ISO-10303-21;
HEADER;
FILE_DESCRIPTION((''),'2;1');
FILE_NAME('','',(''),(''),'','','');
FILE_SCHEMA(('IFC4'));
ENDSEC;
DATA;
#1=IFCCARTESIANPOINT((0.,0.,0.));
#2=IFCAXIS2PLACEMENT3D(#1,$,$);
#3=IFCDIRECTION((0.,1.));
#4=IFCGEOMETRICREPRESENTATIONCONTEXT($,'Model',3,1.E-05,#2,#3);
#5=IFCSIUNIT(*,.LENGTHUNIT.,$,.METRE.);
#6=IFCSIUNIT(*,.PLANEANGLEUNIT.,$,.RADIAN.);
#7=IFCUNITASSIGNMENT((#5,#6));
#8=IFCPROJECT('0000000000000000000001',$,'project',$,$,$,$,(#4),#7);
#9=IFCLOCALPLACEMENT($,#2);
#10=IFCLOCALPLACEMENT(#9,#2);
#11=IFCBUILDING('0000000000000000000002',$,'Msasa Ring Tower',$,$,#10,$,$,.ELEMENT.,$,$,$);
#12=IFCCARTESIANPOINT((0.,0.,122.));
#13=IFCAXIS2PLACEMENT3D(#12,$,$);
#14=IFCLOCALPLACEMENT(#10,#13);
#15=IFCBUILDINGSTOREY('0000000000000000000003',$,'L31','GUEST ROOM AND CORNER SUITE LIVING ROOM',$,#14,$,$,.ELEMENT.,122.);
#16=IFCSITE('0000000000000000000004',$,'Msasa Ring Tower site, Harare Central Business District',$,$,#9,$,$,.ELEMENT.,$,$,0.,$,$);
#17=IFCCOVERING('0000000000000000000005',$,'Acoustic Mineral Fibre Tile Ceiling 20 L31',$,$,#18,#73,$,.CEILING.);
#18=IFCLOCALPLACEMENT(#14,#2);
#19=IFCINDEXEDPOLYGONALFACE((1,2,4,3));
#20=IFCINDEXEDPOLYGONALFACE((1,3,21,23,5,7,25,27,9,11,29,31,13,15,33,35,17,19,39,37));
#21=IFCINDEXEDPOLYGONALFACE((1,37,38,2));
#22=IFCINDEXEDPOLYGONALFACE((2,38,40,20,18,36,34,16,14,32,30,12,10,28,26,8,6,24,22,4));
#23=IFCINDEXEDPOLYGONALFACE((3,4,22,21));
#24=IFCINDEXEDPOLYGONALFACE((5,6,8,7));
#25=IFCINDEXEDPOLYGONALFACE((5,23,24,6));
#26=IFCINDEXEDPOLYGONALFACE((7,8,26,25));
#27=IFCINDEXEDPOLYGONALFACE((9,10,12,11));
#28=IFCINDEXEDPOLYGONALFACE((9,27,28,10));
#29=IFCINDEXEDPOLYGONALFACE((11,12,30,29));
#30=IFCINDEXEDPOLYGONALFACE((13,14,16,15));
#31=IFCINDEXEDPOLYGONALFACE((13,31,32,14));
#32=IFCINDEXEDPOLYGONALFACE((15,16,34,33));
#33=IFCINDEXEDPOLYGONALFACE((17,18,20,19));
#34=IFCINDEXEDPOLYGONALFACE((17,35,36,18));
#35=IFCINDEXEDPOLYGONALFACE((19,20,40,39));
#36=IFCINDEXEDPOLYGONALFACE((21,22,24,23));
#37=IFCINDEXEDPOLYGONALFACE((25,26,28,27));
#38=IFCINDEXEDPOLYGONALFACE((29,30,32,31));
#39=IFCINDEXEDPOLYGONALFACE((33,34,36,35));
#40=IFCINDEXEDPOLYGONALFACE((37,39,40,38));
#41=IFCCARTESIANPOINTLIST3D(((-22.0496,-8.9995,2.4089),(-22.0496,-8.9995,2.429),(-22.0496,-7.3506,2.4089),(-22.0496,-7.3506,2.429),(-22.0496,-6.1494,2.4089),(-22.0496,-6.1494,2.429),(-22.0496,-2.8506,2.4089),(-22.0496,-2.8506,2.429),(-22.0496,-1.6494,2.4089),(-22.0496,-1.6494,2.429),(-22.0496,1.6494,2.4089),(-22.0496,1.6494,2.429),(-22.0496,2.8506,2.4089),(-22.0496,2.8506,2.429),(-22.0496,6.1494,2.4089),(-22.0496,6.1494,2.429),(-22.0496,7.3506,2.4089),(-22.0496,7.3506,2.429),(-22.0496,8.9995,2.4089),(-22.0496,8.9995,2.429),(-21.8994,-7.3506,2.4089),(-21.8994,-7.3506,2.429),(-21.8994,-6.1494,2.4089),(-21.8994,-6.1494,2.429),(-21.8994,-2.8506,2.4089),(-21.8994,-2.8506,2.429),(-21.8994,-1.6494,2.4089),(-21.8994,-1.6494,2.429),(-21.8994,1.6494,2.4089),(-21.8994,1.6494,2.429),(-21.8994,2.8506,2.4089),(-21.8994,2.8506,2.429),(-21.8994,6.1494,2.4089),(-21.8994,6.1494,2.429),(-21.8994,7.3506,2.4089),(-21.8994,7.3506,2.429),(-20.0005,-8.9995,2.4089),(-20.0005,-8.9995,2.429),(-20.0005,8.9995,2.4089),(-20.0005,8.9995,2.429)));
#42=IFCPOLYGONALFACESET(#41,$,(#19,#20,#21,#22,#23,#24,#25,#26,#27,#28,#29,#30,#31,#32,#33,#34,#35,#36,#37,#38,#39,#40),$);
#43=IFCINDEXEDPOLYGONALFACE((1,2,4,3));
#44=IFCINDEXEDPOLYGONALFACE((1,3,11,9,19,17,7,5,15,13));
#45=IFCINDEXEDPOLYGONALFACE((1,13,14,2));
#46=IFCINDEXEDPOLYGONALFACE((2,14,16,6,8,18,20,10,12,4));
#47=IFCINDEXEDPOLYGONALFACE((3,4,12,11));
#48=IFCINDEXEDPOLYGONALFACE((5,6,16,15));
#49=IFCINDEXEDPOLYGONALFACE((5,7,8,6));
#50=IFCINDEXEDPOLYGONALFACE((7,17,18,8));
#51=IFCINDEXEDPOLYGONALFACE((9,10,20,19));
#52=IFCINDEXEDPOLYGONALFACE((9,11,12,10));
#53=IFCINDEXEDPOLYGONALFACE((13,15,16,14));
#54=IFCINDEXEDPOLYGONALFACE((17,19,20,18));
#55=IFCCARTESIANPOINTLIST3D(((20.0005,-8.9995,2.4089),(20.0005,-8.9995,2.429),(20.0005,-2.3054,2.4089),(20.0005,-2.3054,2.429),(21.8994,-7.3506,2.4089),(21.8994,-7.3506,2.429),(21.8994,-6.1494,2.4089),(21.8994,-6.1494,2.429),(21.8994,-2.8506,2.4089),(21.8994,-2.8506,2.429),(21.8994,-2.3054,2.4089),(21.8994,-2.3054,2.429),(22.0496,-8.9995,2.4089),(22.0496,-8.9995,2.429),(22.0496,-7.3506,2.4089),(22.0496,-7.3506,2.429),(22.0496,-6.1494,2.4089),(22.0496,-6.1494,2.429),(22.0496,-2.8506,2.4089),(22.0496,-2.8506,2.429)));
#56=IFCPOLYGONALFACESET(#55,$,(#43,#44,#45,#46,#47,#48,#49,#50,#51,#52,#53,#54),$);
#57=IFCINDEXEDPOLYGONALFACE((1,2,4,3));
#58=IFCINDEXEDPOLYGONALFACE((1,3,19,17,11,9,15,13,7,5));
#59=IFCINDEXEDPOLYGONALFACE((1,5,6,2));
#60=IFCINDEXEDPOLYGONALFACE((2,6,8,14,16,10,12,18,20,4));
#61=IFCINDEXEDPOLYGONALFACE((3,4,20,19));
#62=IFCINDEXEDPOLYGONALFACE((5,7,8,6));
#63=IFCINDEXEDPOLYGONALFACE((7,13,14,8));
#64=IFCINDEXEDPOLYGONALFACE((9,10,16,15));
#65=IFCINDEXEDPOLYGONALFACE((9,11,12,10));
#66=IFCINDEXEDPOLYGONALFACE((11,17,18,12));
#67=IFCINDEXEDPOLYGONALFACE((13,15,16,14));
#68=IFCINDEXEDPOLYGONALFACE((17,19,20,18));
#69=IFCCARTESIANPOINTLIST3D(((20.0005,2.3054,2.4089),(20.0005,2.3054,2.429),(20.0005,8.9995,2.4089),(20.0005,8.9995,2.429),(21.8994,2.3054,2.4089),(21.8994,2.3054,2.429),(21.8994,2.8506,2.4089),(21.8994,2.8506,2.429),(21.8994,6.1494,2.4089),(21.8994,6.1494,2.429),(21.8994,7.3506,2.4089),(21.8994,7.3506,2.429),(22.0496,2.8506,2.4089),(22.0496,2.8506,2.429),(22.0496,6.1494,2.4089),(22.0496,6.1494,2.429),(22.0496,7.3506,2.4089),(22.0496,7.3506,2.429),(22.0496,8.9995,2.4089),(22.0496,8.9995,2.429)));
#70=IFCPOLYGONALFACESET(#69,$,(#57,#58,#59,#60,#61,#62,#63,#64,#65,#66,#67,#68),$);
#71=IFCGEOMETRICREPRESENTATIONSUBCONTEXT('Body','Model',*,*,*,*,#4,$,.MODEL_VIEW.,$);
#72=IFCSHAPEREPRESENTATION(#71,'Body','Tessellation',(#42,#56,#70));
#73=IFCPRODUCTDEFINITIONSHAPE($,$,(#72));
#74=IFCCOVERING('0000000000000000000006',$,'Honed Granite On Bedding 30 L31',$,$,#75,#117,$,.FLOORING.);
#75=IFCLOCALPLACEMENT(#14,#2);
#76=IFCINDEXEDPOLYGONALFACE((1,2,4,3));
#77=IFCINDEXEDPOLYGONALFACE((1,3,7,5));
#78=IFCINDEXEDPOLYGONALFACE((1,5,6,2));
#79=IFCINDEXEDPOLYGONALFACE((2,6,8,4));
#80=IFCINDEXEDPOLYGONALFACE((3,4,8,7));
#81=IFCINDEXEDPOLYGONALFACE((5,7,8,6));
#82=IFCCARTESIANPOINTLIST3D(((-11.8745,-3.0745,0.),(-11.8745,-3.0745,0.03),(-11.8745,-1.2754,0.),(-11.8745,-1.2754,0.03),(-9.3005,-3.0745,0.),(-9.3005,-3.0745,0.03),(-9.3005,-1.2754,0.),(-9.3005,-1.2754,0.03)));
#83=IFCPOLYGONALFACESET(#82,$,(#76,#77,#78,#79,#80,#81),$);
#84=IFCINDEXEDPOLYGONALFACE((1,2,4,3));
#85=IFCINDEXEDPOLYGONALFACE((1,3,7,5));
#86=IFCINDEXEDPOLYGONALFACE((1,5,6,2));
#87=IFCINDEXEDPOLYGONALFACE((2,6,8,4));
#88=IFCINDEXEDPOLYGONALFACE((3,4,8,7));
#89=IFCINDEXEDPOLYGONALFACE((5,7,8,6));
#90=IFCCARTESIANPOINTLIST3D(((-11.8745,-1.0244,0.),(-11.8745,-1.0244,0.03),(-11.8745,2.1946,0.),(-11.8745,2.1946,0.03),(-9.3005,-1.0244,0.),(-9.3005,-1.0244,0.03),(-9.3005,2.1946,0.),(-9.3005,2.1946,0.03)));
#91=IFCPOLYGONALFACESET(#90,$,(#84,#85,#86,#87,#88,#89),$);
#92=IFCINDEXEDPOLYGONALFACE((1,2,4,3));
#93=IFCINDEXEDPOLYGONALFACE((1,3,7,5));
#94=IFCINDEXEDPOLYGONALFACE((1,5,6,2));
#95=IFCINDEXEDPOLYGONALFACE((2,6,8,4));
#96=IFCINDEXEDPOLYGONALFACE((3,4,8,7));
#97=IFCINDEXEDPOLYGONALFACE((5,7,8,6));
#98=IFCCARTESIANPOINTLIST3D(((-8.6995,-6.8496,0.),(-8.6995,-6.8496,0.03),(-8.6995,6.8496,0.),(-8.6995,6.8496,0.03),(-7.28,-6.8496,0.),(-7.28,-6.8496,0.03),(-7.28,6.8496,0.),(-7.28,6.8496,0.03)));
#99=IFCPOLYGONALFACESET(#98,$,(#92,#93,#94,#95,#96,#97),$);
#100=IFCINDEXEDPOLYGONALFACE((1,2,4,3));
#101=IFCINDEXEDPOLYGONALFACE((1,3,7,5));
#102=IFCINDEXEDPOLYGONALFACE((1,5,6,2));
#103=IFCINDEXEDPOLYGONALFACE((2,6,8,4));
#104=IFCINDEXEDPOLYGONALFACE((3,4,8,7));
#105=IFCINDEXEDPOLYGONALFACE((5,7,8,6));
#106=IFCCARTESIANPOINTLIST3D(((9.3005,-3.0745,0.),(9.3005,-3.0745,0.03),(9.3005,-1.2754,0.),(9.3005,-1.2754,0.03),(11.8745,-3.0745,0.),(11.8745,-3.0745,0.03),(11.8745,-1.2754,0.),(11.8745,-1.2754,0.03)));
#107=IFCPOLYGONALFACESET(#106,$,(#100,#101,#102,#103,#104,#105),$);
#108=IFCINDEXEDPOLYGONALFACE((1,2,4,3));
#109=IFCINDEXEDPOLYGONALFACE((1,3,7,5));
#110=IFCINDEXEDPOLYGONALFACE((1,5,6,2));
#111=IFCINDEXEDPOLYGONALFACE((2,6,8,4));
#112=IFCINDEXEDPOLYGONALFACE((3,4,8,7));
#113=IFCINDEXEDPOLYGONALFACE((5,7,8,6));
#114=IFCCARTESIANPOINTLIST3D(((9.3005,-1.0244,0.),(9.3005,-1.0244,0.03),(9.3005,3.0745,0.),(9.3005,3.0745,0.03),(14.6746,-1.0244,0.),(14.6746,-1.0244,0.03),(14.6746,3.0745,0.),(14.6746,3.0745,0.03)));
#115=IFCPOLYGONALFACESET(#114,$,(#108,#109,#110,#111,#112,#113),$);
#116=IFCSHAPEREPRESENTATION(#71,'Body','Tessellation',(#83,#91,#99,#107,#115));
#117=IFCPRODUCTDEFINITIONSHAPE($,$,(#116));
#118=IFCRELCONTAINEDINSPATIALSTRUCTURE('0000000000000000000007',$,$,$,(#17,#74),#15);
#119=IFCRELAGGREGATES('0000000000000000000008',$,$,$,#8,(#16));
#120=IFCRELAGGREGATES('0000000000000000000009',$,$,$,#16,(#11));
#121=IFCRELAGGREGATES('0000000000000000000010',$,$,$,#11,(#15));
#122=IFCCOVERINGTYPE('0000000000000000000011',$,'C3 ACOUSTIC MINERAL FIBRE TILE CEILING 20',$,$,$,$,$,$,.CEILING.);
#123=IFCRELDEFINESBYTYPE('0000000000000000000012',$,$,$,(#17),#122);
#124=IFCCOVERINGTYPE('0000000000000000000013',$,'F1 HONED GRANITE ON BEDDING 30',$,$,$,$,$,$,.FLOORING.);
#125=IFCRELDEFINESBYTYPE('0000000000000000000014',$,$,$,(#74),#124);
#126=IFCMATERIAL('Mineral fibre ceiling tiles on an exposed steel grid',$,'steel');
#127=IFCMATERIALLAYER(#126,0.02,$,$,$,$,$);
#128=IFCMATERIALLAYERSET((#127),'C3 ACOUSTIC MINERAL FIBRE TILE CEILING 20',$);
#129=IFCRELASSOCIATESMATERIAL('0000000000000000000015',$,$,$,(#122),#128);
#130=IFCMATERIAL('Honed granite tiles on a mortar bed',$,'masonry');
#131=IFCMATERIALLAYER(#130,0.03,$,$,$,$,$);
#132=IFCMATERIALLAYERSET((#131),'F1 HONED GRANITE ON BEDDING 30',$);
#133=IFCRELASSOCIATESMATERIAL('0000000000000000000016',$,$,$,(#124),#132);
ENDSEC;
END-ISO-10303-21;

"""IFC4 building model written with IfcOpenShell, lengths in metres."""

from ifc_helpers import new_model, si_unit, direction, frame, origin, place, context, subcontext, project, spatial, line, indexed_curve, outline, extrude, material, layer, layer_set, type_object, element, save


model = new_model("IFC4")

# Units and contexts
model_context = context("Model", 3, precision=1e-05, world=origin(), true_north=direction((0.0, 1.0)))
body_context = subcontext(model_context, "Body", "Model", "MODEL_VIEW")
ifc_project = project(units=[si_unit("LENGTHUNIT", "METRE"), si_unit("PLANEANGLEUNIT", "RADIAN")], contexts=[model_context])

# Site, building, storey
site_placement = place(None, origin())
site = spatial("IfcSite", under=ifc_project, at=site_placement, Name="Msasa Ring Tower site, Harare Central Business District", CompositionType="ELEMENT", RefElevation=0.0)
building_placement = place(site_placement, origin())
building = spatial("IfcBuilding", under=site, at=building_placement, Name="Msasa Ring Tower", CompositionType="ELEMENT")
storey_placement = place(building_placement, frame((0.0, 0.0, 122.0)))
storey = spatial("IfcBuildingStorey", under=building, at=storey_placement, Name="L31", Description="GUEST ROOM AND CORNER SUITE LIVING ROOM", CompositionType="ELEMENT", Elevation=122.0)

# Coverings
ifc_material_1 = material(Name="Mineral fibre ceiling tiles on an exposed steel grid", Category="steel")
ifc_layer_1 = layer(ifc_material_1, 0.02)
ifc_layer_set_1 = layer_set([ifc_layer_1], Name="C3 ACOUSTIC MINERAL FIBRE TILE CEILING 20")
covering_type_1 = type_object("IfcCoveringType", Name="C3 ACOUSTIC MINERAL FIBRE TILE CEILING 20", PredefinedType="CEILING", material=ifc_layer_set_1)
covering_1_placement = place(storey_placement, frame((0.0, 0.0, 2.4089)))
element("IfcCovering", 1, at=covering_1_placement, inside=storey, type_object=covering_type_1, Name="Acoustic Mineral Fibre Tile Ceiling 20 L31", PredefinedType="CEILING", context=body_context, shape_type="SweptSolid", body=[
    extrude(outline(indexed_curve([(-22.0496, -7.3506), (-21.8994, -7.3506), (-21.8994, -6.1494), (-22.0496, -6.1494), (-22.0496, -2.8506), (-21.8994, -2.8506), (-21.8994, -1.6494), (-22.0496, -1.6494), (-22.0496, 1.6494), (-21.8994, 1.6494), (-21.8994, 2.8506), (-22.0496, 2.8506), (-22.0496, 6.1494), (-21.8994, 6.1494), (-21.8994, 7.3506), (-22.0496, 7.3506), (-22.0496, 8.9995), (-20.0005, 8.9995), (-20.0005, -8.9995), (-22.0496, -8.9995)], segments=[line(1, 2, 3, 4, 5, 6, 7, 8, 9, 10, 11, 12, 13, 14, 15, 16, 17, 18, 19, 20, 1)], self_intersect=False)), origin(), (0.0, 0.0, 1.0), 0.02),
    extrude(outline(indexed_curve([(20.0005, -2.3054), (21.8994, -2.3054), (21.8994, -2.8506), (22.0496, -2.8506), (22.0496, -6.1494), (21.8994, -6.1494), (21.8994, -7.3506), (22.0496, -7.3506), (22.0496, -8.9995), (20.0005, -8.9995)], segments=[line(1, 2, 3, 4, 5, 6, 7, 8, 9, 10, 1)], self_intersect=False)), origin(), (0.0, 0.0, 1.0), 0.02),
    extrude(outline(indexed_curve([(22.0496, 8.9995), (22.0496, 7.3506), (21.8994, 7.3506), (21.8994, 6.1494), (22.0496, 6.1494), (22.0496, 2.8506), (21.8994, 2.8506), (21.8994, 2.3054), (20.0005, 2.3054), (20.0005, 8.9995)], segments=[line(1, 2, 3, 4, 5, 6, 7, 8, 9, 10, 1)], self_intersect=False)), origin(), (0.0, 0.0, 1.0), 0.02),
])
ifc_material_2 = material(Name="Honed granite tiles on a mortar bed", Category="masonry")
ifc_layer_2 = layer(ifc_material_2, 0.03)
ifc_layer_set_2 = layer_set([ifc_layer_2], Name="F1 HONED GRANITE ON BEDDING 30")
covering_type_2 = type_object("IfcCoveringType", Name="F1 HONED GRANITE ON BEDDING 30", PredefinedType="FLOORING", material=ifc_layer_set_2)
covering_2_placement = place(storey_placement, origin())
element("IfcCovering", 2, at=covering_2_placement, inside=storey, type_object=covering_type_2, Name="Honed Granite On Bedding 30 L31", PredefinedType="FLOORING", context=body_context, shape_type="SweptSolid", body=[
    extrude(outline(indexed_curve([(-11.8745, -3.0745), (-11.8745, -1.2754), (-9.3005, -1.2754), (-9.3005, -3.0745)], segments=[line(1, 2, 3, 4, 1)], self_intersect=False)), origin(), (0.0, 0.0, 1.0), 0.03),
    extrude(outline(indexed_curve([(-11.8745, 2.1946), (-9.3005, 2.1946), (-9.3005, -1.0244), (-11.8745, -1.0244)], segments=[line(1, 2, 3, 4, 1)], self_intersect=False)), origin(), (0.0, 0.0, 1.0), 0.03),
    extrude(outline(indexed_curve([(-8.6995, -6.8496), (-8.6995, 6.8496), (-7.28, 6.8496), (-7.28, -6.8496)], segments=[line(1, 2, 3, 4, 1)], self_intersect=False)), origin(), (0.0, 0.0, 1.0), 0.03),
    extrude(outline(indexed_curve([(9.3005, -3.0745), (9.3005, -1.2754), (11.8745, -1.2754), (11.8745, -3.0745)], segments=[line(1, 2, 3, 4, 1)], self_intersect=False)), origin(), (0.0, 0.0, 1.0), 0.03),
    extrude(outline(indexed_curve([(9.3005, 3.0745), (14.6746, 3.0745), (14.6746, -1.0244), (9.3005, -1.0244)], segments=[line(1, 2, 3, 4, 1)], self_intersect=False)), origin(), (0.0, 0.0, 1.0), 0.03),
])

save(model, "model.ifc")
